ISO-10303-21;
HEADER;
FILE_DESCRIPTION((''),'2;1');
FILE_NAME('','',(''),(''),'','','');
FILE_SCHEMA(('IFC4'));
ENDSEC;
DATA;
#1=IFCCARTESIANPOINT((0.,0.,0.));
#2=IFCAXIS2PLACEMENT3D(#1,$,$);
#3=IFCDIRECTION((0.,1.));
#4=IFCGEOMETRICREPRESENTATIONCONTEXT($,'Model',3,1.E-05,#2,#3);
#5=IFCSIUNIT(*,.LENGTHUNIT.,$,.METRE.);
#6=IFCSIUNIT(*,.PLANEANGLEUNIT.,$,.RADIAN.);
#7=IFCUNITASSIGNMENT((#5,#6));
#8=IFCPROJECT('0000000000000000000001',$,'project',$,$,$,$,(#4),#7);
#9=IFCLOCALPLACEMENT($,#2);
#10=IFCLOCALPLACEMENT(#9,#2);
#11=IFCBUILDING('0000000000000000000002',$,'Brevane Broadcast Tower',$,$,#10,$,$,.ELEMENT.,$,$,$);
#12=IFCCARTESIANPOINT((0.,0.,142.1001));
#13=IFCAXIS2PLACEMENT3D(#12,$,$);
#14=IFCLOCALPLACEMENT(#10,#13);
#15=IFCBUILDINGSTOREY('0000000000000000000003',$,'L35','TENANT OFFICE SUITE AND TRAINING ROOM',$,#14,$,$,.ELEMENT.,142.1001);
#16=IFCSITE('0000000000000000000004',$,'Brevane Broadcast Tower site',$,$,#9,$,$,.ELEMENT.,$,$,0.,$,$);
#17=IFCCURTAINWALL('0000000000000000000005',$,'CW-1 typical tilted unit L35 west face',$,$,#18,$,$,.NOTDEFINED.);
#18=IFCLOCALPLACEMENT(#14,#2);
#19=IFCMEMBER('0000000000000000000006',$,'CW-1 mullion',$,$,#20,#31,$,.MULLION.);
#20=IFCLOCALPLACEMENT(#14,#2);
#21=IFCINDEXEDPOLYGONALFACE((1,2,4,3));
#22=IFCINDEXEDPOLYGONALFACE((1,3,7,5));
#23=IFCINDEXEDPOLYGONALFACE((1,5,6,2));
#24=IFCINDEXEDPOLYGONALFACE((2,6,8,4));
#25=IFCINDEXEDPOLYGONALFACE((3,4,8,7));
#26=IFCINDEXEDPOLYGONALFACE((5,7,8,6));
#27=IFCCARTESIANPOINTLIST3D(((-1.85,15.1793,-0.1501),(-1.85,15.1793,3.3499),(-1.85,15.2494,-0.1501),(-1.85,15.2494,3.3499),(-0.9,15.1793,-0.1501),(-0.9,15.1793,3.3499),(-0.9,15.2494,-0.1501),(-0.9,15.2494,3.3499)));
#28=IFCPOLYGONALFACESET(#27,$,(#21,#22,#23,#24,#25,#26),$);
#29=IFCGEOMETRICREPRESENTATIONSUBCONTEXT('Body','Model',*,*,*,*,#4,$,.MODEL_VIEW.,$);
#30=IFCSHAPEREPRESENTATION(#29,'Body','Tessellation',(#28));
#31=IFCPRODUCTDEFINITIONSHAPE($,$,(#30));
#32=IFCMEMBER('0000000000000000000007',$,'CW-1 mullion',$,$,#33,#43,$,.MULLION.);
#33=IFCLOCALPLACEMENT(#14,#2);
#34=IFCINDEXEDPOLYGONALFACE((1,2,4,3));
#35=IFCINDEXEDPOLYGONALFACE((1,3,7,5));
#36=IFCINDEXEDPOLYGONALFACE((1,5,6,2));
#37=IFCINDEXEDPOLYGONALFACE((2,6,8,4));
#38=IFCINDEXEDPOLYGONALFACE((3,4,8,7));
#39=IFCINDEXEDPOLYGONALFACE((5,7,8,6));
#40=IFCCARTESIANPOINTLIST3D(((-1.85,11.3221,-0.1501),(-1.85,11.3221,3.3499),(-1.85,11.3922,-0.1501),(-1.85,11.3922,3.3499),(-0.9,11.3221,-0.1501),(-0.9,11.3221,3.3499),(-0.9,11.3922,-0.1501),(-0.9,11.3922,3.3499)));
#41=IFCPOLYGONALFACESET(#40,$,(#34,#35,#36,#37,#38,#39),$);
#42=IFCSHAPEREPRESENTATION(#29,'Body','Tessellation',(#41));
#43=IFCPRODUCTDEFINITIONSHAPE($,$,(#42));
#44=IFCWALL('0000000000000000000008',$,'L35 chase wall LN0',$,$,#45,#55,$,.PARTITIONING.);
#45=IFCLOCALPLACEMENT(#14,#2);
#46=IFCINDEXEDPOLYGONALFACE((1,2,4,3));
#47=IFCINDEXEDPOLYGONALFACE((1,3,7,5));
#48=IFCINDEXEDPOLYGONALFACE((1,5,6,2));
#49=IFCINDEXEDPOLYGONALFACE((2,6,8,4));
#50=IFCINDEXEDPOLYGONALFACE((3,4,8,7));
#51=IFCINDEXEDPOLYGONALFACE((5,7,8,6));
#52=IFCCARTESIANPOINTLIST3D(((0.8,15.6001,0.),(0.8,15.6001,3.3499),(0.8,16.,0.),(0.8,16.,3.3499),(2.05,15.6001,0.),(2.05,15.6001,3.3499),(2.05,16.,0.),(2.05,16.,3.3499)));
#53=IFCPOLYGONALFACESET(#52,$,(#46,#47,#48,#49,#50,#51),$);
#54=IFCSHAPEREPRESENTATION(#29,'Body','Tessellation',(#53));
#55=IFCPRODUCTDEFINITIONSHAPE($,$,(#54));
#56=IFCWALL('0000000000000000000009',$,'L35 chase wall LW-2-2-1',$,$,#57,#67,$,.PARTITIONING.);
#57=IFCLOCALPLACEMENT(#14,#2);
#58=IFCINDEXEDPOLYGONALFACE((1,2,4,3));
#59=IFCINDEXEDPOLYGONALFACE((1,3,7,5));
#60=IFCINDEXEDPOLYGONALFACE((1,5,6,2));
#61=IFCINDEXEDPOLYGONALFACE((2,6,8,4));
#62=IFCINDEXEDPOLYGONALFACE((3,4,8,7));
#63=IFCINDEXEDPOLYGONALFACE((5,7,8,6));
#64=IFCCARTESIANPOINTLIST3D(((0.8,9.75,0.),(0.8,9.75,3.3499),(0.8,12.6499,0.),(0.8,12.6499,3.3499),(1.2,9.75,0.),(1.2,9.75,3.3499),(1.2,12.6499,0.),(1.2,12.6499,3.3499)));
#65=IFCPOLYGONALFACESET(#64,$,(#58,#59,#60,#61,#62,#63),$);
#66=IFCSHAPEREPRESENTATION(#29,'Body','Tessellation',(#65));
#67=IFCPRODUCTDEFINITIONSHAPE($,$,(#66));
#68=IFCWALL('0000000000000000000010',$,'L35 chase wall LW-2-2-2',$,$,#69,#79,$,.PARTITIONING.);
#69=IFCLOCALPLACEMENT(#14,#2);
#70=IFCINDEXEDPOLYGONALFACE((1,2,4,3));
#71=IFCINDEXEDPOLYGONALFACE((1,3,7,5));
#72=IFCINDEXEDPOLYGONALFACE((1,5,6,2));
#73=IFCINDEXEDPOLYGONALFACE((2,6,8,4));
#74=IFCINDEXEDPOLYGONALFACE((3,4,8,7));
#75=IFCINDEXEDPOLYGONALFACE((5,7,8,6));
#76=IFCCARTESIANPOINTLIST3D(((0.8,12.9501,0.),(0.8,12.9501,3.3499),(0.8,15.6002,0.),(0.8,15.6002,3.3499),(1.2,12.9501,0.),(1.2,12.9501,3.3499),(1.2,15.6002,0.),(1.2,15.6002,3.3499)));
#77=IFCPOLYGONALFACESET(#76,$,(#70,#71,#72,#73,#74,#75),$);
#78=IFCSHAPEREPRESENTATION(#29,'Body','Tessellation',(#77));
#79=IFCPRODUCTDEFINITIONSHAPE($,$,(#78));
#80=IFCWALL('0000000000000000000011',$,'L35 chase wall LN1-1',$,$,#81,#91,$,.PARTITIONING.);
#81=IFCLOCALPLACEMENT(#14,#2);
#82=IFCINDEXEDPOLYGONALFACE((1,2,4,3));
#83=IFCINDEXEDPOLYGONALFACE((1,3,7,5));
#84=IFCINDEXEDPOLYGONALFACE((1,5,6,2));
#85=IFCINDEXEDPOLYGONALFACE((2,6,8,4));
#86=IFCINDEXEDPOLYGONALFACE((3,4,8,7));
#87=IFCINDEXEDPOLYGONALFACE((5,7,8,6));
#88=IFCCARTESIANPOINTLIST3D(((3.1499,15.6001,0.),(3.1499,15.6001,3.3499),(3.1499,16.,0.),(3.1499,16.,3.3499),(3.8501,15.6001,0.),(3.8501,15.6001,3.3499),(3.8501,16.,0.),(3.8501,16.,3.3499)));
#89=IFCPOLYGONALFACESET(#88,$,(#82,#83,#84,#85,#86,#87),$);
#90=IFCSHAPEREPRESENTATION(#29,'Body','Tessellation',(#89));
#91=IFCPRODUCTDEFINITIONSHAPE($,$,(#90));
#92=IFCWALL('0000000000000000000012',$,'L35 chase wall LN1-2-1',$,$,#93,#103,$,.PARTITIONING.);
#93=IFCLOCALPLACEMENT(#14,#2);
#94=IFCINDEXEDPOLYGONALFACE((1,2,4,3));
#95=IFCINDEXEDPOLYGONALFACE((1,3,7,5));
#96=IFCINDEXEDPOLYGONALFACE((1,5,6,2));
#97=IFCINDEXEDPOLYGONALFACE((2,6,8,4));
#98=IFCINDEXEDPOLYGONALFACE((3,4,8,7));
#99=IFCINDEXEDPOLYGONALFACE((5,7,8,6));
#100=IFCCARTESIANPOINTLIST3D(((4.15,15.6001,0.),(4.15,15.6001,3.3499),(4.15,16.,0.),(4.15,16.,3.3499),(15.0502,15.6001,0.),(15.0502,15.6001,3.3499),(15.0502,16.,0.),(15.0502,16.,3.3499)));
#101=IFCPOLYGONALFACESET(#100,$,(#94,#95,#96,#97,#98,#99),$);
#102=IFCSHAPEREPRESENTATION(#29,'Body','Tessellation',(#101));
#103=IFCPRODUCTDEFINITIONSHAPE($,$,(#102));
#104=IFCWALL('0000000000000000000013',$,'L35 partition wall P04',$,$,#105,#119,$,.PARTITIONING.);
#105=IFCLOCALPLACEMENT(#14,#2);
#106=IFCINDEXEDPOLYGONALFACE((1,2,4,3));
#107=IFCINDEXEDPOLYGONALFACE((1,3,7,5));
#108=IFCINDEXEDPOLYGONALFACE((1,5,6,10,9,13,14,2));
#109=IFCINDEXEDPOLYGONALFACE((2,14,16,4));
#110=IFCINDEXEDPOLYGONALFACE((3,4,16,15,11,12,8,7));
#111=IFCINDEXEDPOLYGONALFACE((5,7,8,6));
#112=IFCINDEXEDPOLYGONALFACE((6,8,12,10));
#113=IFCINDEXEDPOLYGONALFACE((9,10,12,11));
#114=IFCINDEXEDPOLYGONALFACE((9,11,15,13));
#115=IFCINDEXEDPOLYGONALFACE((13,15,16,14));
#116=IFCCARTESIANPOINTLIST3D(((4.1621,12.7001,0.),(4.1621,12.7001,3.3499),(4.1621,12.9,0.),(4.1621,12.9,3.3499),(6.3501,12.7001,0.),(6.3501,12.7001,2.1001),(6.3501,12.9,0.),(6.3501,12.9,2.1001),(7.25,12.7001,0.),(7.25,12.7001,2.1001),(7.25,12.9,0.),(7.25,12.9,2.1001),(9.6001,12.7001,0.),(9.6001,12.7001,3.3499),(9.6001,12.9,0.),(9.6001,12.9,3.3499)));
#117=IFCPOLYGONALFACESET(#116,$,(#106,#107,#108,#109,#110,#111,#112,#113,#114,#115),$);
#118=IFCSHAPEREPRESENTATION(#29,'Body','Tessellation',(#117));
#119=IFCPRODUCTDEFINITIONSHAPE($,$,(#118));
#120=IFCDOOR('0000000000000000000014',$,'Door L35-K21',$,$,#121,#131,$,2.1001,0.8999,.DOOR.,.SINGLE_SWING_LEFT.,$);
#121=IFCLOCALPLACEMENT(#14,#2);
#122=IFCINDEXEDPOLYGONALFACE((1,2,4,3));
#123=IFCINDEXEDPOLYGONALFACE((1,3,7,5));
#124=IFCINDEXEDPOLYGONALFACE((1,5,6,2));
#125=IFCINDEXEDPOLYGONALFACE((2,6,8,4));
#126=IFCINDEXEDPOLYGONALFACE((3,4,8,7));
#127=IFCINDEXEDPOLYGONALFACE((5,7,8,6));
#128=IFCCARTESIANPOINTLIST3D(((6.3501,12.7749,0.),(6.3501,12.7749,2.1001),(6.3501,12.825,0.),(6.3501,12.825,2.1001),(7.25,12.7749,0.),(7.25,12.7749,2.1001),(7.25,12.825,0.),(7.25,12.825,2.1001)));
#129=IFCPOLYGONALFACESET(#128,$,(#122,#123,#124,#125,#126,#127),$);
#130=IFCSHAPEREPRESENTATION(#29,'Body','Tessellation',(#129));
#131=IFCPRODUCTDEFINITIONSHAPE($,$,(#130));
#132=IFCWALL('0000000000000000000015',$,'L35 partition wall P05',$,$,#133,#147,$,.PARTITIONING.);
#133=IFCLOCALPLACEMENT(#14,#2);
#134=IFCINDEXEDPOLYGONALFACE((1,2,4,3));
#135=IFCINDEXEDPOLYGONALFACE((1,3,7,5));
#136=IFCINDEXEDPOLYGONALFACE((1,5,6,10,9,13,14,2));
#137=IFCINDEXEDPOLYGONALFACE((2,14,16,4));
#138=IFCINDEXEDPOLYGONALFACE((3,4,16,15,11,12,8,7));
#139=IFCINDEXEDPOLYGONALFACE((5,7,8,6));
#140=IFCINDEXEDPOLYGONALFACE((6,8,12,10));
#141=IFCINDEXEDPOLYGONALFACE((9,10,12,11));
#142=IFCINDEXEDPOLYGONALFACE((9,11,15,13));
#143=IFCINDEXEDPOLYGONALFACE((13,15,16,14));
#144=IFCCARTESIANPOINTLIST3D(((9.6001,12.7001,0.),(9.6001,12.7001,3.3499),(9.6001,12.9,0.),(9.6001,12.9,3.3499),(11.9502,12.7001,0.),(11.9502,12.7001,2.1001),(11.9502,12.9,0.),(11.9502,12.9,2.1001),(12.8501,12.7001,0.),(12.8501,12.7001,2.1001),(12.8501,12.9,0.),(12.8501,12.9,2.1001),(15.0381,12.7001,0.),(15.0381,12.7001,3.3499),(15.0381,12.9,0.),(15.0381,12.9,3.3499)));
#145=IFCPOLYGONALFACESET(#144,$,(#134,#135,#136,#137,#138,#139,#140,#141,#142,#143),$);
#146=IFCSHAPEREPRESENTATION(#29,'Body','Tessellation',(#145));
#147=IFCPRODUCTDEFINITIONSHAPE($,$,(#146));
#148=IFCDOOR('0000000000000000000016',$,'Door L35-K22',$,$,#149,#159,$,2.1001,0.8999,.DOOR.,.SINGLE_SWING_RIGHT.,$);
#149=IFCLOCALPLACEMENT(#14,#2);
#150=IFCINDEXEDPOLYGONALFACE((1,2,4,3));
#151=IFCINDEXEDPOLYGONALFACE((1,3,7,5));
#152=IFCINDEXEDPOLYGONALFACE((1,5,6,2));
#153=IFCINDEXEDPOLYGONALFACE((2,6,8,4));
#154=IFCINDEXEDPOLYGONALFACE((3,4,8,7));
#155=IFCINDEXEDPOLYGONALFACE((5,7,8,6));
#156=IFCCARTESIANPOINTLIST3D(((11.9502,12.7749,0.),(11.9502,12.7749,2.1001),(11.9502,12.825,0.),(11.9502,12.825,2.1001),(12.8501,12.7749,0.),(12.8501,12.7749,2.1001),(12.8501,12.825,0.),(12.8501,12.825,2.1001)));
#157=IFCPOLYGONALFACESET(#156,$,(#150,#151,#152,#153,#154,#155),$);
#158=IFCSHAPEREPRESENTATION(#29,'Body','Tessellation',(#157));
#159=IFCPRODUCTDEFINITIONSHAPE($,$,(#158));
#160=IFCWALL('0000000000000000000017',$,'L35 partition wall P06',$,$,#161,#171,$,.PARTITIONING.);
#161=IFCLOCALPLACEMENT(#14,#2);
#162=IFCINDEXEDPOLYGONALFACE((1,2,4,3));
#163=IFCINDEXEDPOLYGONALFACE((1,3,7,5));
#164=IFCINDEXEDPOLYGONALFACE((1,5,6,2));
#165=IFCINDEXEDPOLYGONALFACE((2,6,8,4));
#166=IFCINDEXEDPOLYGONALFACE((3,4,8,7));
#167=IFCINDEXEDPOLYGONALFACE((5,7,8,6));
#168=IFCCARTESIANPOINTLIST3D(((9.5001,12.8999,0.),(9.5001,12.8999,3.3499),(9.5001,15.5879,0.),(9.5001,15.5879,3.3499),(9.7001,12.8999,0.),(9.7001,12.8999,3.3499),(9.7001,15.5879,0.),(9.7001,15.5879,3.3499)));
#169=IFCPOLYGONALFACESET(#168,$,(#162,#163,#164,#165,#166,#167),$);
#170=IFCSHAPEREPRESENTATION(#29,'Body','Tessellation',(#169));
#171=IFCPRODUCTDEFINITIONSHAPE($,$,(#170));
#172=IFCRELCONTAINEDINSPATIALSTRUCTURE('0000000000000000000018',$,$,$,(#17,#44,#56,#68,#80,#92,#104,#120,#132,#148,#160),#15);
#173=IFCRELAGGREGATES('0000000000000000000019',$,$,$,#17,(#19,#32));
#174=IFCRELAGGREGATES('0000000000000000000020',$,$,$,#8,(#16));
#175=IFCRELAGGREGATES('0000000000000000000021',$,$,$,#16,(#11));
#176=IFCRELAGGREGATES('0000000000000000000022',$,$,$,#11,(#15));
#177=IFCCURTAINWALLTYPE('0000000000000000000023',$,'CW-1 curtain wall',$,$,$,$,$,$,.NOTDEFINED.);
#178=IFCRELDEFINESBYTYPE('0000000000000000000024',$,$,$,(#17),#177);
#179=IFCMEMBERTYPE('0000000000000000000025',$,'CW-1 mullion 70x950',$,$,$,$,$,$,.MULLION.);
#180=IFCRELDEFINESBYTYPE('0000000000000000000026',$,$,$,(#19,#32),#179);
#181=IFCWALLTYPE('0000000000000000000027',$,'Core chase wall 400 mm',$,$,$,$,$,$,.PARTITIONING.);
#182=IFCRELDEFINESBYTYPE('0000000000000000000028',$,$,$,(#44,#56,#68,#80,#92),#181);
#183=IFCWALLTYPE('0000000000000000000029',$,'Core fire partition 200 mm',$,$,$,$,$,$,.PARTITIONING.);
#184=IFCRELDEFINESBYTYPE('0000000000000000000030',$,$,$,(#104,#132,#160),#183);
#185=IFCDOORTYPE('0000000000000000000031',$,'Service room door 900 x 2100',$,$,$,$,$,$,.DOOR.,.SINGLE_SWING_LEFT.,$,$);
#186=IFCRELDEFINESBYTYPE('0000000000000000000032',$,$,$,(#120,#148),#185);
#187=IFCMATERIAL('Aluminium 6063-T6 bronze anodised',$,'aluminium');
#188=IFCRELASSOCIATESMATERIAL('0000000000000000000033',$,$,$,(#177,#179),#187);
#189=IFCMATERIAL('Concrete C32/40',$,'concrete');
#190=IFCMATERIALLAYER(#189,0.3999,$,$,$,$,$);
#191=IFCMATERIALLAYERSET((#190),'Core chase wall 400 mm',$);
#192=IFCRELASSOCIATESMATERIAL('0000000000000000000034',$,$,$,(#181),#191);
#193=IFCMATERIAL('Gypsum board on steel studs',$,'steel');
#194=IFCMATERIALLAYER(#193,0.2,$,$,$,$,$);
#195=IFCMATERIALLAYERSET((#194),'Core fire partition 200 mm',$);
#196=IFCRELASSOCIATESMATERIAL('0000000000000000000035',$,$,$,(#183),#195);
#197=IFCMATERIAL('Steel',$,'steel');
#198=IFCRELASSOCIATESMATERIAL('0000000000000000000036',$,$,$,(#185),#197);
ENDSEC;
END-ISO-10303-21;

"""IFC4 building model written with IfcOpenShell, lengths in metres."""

from ifc_helpers import new_model, si_unit, direction, frame, frame_2d, origin, origin_2d, place, context, subcontext, project, spatial, rectangle, extrude, material, layer, layer_set, material_profile, profile_set, type_object, element, fill, aggregate, save


model = new_model("IFC4")

# Units and contexts
model_context = context("Model", 3, precision=1e-05, world=origin(), true_north=direction((0.0, 1.0)))
body_context = subcontext(model_context, "Body", "Model", "MODEL_VIEW")
ifc_project = project(units=[si_unit("LENGTHUNIT", "METRE"), si_unit("PLANEANGLEUNIT", "RADIAN")], contexts=[model_context])

# Site, building, storey
site_placement = place(None, origin())
site = spatial("IfcSite", under=ifc_project, at=site_placement, Name="Brevane Broadcast Tower site", CompositionType="ELEMENT", RefElevation=0.0)
building_placement = place(site_placement, origin())
building = spatial("IfcBuilding", under=site, at=building_placement, Name="Brevane Broadcast Tower", CompositionType="ELEMENT")
storey_placement = place(building_placement, frame((0.0, 0.0, 142.1001)))
storey = spatial("IfcBuildingStorey", under=building, at=storey_placement, Name="L35", Description="TENANT OFFICE SUITE AND TRAINING ROOM", CompositionType="ELEMENT", Elevation=142.1001)

# Curtain wall, members
ifc_material_1 = material(Name="Aluminium 6063-T6 bronze anodised", Category="aluminium")
curtain_wall_type = type_object("IfcCurtainWallType", Name="CW-1 curtain wall", PredefinedType="NOTDEFINED", material=ifc_material_1)
curtain_wall_placement = place(storey_placement, origin())
curtain_wall = element("IfcCurtainWall", 1, at=curtain_wall_placement, inside=storey, type_object=curtain_wall_type, Name="CW-1 typical tilted unit L35 west face", PredefinedType="NOTDEFINED")
ifc_material_profile = material_profile(ifc_material_1, rectangle(XDim=0.95, YDim=0.0701, at=origin_2d()), Name="RECT 70x950")
ifc_profile_set = profile_set([ifc_material_profile], Name="Aluminium 6063-T6 bronze anodised")
member_type = type_object("IfcMemberType", Name="CW-1 mullion 70x950", PredefinedType="MULLION", material=ifc_profile_set)
member_1_placement = place(storey_placement, frame((-1.375, 15.2144, -0.1501), z_axis=(0.0, 0.0, 1.0), x_axis=(1.0, 0.0, 0.0)))
member_1 = element("IfcMember", 2, at=member_1_placement, type_object=member_type, Name="CW-1 mullion", PredefinedType="MULLION", context=body_context, shape_type="SweptSolid", body=[
    extrude(rectangle(XDim=0.95, YDim=0.0701, at=origin_2d()), origin(), (0.0, 0.0, 1.0), 3.5),
])
member_2_placement = place(storey_placement, frame((-1.375, 11.3572, -0.1501), z_axis=(0.0, 0.0, 1.0), x_axis=(1.0, 0.0, 0.0)))
member_2 = element("IfcMember", 3, at=member_2_placement, type_object=member_type, Name="CW-1 mullion", PredefinedType="MULLION", context=body_context, shape_type="SweptSolid", body=[
    extrude(rectangle(XDim=0.95, YDim=0.0701, at=origin_2d()), origin(), (0.0, 0.0, 1.0), 3.5),
])
aggregate(curtain_wall, [member_1, member_2])

# Walls
ifc_material_2 = material(Name="Concrete C32/40", Category="concrete")
ifc_layer_1 = layer(ifc_material_2, 0.3999)
ifc_layer_set_1 = layer_set([ifc_layer_1], Name="Core chase wall 400 mm")
wall_type_1 = type_object("IfcWallType", Name="Core chase wall 400 mm", PredefinedType="PARTITIONING", material=ifc_layer_set_1)
wall_1_placement = place(storey_placement, frame((0.8, 15.8, 0.0), z_axis=(0.0, 0.0, 1.0), x_axis=(1.0, 0.0, 0.0)))
element("IfcWall", 4, at=wall_1_placement, inside=storey, type_object=wall_type_1, Name="L35 chase wall LN0", PredefinedType="PARTITIONING", context=body_context, shape_type="SweptSolid", body=[
    extrude(rectangle(XDim=1.25, YDim=0.3999, at=frame_2d((0.625, 0.0))), origin(), (0.0, 0.0, 1.0), 3.3499),
])
wall_2_placement = place(storey_placement, frame((1.0, 9.75, 0.0), z_axis=(0.0, 0.0, 1.0), x_axis=(0.0, 1.0, 0.0)))
element("IfcWall", 5, at=wall_2_placement, inside=storey, type_object=wall_type_1, Name="L35 chase wall LW-2-2-1", PredefinedType="PARTITIONING", context=body_context, shape_type="SweptSolid", body=[
    extrude(rectangle(XDim=2.8999, YDim=0.3999, at=frame_2d((1.45, 0.0))), origin(), (0.0, 0.0, 1.0), 3.3499),
])
wall_3_placement = place(storey_placement, frame((1.0, 12.95, 0.0), z_axis=(0.0, 0.0, 1.0), x_axis=(0.0, 1.0, 0.0)))
element("IfcWall", 6, at=wall_3_placement, inside=storey, type_object=wall_type_1, Name="L35 chase wall LW-2-2-2", PredefinedType="PARTITIONING", context=body_context, shape_type="SweptSolid", body=[
    extrude(rectangle(XDim=2.6501, YDim=0.3999, at=frame_2d((1.3252, 0.0))), origin(), (0.0, 0.0, 1.0), 3.3499),
])
wall_4_placement = place(storey_placement, frame((3.1499, 15.8, 0.0), z_axis=(0.0, 0.0, 1.0), x_axis=(1.0, 0.0, 0.0)))
element("IfcWall", 7, at=wall_4_placement, inside=storey, type_object=wall_type_1, Name="L35 chase wall LN1-1", PredefinedType="PARTITIONING", context=body_context, shape_type="SweptSolid", body=[
    extrude(rectangle(XDim=0.7002, YDim=0.3999, at=frame_2d((0.3501, 0.0))), origin(), (0.0, 0.0, 1.0), 3.3499),
])
wall_5_placement = place(storey_placement, frame((4.1499, 15.8, 0.0), z_axis=(0.0, 0.0, 1.0), x_axis=(1.0, 0.0, 0.0)))
element("IfcWall", 8, at=wall_5_placement, inside=storey, type_object=wall_type_1, Name="L35 chase wall LN1-2-1", PredefinedType="PARTITIONING", context=body_context, shape_type="SweptSolid", body=[
    extrude(rectangle(XDim=10.9001, YDim=0.3999, at=frame_2d((5.4502, 0.0))), origin(), (0.0, 0.0, 1.0), 3.3499),
])

# Walls, openings, doors
ifc_material_3 = material(Name="Gypsum board on steel studs", Category="steel")
ifc_layer_2 = layer(ifc_material_3, 0.2)
ifc_layer_set_2 = layer_set([ifc_layer_2], Name="Core fire partition 200 mm")
wall_type_2 = type_object("IfcWallType", Name="Core fire partition 200 mm", PredefinedType="PARTITIONING", material=ifc_layer_set_2)
wall_6_placement = place(storey_placement, frame((4.1621, 12.8, 0.0), z_axis=(0.0, 0.0, 1.0), x_axis=(1.0, 0.0, 0.0)))
wall_6 = element("IfcWall", 9, at=wall_6_placement, inside=storey, type_object=wall_type_2, Name="L35 partition wall P04", PredefinedType="PARTITIONING", context=body_context, shape_type="SweptSolid", body=[
    extrude(rectangle(XDim=5.438, YDim=0.2, at=frame_2d((2.719, 0.0))), origin(), (0.0, 0.0, 1.0), 3.3499),
])
opening_1_placement = place(wall_6_placement, frame((2.188, 0.0, 0.0)))
opening_1 = element("IfcOpeningElement", 10, at=opening_1_placement, cuts=wall_6, PredefinedType="OPENING", context=body_context, shape_type="SweptSolid", body=[
    extrude(rectangle(XDim=0.8999, YDim=2.1001, at=frame_2d((0.45, 1.05))), frame((0.0, 0.1099, 0.0), z_axis=(0.0, -1.0, 0.0), x_axis=(1.0, 0.0, 0.0)), (0.0, 0.0, 1.0), 0.22),
])
ifc_material_4 = material(Name="Steel", Category="steel")
door_type_1 = type_object("IfcDoorType", Name="Service room door 900 x 2100", OperationType="SINGLE_SWING_LEFT", PredefinedType="DOOR", material=ifc_material_4)
door_1_placement = place(opening_1_placement, origin())
door_1 = element("IfcDoor", 11, at=door_1_placement, inside=storey, type_object=door_type_1, Name="Door L35-K21", OperationType="SINGLE_SWING_LEFT", OverallHeight=2.1001, OverallWidth=0.8999, PredefinedType="DOOR", context=body_context, shape_type="SweptSolid", body=[
    extrude(rectangle(XDim=0.8999, YDim=2.1001, at=frame_2d((0.45, 1.05))), frame((0.0, 0.0249, 0.0), z_axis=(0.0, -1.0, 0.0), x_axis=(1.0, 0.0, 0.0)), (0.0, 0.0, 1.0), 0.05),
])
fill(opening_1, door_1)
wall_7_placement = place(storey_placement, frame((9.6001, 12.8, 0.0), z_axis=(0.0, 0.0, 1.0), x_axis=(1.0, 0.0, 0.0)))
wall_7 = element("IfcWall", 12, at=wall_7_placement, inside=storey, type_object=wall_type_2, Name="L35 partition wall P05", PredefinedType="PARTITIONING", context=body_context, shape_type="SweptSolid", body=[
    extrude(rectangle(XDim=5.438, YDim=0.2, at=frame_2d((2.719, 0.0))), origin(), (0.0, 0.0, 1.0), 3.3499),
])
opening_2_placement = place(wall_7_placement, frame((2.3501, 0.0, 0.0)))
opening_2 = element("IfcOpeningElement", 13, at=opening_2_placement, cuts=wall_7, PredefinedType="OPENING", context=body_context, shape_type="SweptSolid", body=[
    extrude(rectangle(XDim=0.8999, YDim=2.1001, at=frame_2d((0.45, 1.05))), frame((0.0, 0.1099, 0.0), z_axis=(0.0, -1.0, 0.0), x_axis=(1.0, 0.0, 0.0)), (0.0, 0.0, 1.0), 0.22),
])
door_2_placement = place(opening_2_placement, origin())
door_2 = element("IfcDoor", 14, at=door_2_placement, inside=storey, type_object=door_type_1, Name="Door L35-K22", OperationType="SINGLE_SWING_RIGHT", OverallHeight=2.1001, OverallWidth=0.8999, PredefinedType="DOOR", context=body_context, shape_type="SweptSolid", body=[
    extrude(rectangle(XDim=0.8999, YDim=2.1001, at=frame_2d((0.45, 1.05))), frame((0.0, 0.0249, 0.0), z_axis=(0.0, -1.0, 0.0), x_axis=(1.0, 0.0, 0.0)), (0.0, 0.0, 1.0), 0.05),
])
fill(opening_2, door_2)

# Wall
wall_8_placement = place(storey_placement, frame((9.6001, 15.5879, 0.0), z_axis=(0.0, 0.0, 1.0), x_axis=(0.0, -1.0, 0.0)))
element("IfcWall", 15, at=wall_8_placement, inside=storey, type_object=wall_type_2, Name="L35 partition wall P06", PredefinedType="PARTITIONING", context=body_context, shape_type="SweptSolid", body=[
    extrude(rectangle(XDim=2.688, YDim=0.2, at=frame_2d((1.344, 0.0))), origin(), (0.0, 0.0, 1.0), 3.3499),
])

save(model, "model.ifc")
